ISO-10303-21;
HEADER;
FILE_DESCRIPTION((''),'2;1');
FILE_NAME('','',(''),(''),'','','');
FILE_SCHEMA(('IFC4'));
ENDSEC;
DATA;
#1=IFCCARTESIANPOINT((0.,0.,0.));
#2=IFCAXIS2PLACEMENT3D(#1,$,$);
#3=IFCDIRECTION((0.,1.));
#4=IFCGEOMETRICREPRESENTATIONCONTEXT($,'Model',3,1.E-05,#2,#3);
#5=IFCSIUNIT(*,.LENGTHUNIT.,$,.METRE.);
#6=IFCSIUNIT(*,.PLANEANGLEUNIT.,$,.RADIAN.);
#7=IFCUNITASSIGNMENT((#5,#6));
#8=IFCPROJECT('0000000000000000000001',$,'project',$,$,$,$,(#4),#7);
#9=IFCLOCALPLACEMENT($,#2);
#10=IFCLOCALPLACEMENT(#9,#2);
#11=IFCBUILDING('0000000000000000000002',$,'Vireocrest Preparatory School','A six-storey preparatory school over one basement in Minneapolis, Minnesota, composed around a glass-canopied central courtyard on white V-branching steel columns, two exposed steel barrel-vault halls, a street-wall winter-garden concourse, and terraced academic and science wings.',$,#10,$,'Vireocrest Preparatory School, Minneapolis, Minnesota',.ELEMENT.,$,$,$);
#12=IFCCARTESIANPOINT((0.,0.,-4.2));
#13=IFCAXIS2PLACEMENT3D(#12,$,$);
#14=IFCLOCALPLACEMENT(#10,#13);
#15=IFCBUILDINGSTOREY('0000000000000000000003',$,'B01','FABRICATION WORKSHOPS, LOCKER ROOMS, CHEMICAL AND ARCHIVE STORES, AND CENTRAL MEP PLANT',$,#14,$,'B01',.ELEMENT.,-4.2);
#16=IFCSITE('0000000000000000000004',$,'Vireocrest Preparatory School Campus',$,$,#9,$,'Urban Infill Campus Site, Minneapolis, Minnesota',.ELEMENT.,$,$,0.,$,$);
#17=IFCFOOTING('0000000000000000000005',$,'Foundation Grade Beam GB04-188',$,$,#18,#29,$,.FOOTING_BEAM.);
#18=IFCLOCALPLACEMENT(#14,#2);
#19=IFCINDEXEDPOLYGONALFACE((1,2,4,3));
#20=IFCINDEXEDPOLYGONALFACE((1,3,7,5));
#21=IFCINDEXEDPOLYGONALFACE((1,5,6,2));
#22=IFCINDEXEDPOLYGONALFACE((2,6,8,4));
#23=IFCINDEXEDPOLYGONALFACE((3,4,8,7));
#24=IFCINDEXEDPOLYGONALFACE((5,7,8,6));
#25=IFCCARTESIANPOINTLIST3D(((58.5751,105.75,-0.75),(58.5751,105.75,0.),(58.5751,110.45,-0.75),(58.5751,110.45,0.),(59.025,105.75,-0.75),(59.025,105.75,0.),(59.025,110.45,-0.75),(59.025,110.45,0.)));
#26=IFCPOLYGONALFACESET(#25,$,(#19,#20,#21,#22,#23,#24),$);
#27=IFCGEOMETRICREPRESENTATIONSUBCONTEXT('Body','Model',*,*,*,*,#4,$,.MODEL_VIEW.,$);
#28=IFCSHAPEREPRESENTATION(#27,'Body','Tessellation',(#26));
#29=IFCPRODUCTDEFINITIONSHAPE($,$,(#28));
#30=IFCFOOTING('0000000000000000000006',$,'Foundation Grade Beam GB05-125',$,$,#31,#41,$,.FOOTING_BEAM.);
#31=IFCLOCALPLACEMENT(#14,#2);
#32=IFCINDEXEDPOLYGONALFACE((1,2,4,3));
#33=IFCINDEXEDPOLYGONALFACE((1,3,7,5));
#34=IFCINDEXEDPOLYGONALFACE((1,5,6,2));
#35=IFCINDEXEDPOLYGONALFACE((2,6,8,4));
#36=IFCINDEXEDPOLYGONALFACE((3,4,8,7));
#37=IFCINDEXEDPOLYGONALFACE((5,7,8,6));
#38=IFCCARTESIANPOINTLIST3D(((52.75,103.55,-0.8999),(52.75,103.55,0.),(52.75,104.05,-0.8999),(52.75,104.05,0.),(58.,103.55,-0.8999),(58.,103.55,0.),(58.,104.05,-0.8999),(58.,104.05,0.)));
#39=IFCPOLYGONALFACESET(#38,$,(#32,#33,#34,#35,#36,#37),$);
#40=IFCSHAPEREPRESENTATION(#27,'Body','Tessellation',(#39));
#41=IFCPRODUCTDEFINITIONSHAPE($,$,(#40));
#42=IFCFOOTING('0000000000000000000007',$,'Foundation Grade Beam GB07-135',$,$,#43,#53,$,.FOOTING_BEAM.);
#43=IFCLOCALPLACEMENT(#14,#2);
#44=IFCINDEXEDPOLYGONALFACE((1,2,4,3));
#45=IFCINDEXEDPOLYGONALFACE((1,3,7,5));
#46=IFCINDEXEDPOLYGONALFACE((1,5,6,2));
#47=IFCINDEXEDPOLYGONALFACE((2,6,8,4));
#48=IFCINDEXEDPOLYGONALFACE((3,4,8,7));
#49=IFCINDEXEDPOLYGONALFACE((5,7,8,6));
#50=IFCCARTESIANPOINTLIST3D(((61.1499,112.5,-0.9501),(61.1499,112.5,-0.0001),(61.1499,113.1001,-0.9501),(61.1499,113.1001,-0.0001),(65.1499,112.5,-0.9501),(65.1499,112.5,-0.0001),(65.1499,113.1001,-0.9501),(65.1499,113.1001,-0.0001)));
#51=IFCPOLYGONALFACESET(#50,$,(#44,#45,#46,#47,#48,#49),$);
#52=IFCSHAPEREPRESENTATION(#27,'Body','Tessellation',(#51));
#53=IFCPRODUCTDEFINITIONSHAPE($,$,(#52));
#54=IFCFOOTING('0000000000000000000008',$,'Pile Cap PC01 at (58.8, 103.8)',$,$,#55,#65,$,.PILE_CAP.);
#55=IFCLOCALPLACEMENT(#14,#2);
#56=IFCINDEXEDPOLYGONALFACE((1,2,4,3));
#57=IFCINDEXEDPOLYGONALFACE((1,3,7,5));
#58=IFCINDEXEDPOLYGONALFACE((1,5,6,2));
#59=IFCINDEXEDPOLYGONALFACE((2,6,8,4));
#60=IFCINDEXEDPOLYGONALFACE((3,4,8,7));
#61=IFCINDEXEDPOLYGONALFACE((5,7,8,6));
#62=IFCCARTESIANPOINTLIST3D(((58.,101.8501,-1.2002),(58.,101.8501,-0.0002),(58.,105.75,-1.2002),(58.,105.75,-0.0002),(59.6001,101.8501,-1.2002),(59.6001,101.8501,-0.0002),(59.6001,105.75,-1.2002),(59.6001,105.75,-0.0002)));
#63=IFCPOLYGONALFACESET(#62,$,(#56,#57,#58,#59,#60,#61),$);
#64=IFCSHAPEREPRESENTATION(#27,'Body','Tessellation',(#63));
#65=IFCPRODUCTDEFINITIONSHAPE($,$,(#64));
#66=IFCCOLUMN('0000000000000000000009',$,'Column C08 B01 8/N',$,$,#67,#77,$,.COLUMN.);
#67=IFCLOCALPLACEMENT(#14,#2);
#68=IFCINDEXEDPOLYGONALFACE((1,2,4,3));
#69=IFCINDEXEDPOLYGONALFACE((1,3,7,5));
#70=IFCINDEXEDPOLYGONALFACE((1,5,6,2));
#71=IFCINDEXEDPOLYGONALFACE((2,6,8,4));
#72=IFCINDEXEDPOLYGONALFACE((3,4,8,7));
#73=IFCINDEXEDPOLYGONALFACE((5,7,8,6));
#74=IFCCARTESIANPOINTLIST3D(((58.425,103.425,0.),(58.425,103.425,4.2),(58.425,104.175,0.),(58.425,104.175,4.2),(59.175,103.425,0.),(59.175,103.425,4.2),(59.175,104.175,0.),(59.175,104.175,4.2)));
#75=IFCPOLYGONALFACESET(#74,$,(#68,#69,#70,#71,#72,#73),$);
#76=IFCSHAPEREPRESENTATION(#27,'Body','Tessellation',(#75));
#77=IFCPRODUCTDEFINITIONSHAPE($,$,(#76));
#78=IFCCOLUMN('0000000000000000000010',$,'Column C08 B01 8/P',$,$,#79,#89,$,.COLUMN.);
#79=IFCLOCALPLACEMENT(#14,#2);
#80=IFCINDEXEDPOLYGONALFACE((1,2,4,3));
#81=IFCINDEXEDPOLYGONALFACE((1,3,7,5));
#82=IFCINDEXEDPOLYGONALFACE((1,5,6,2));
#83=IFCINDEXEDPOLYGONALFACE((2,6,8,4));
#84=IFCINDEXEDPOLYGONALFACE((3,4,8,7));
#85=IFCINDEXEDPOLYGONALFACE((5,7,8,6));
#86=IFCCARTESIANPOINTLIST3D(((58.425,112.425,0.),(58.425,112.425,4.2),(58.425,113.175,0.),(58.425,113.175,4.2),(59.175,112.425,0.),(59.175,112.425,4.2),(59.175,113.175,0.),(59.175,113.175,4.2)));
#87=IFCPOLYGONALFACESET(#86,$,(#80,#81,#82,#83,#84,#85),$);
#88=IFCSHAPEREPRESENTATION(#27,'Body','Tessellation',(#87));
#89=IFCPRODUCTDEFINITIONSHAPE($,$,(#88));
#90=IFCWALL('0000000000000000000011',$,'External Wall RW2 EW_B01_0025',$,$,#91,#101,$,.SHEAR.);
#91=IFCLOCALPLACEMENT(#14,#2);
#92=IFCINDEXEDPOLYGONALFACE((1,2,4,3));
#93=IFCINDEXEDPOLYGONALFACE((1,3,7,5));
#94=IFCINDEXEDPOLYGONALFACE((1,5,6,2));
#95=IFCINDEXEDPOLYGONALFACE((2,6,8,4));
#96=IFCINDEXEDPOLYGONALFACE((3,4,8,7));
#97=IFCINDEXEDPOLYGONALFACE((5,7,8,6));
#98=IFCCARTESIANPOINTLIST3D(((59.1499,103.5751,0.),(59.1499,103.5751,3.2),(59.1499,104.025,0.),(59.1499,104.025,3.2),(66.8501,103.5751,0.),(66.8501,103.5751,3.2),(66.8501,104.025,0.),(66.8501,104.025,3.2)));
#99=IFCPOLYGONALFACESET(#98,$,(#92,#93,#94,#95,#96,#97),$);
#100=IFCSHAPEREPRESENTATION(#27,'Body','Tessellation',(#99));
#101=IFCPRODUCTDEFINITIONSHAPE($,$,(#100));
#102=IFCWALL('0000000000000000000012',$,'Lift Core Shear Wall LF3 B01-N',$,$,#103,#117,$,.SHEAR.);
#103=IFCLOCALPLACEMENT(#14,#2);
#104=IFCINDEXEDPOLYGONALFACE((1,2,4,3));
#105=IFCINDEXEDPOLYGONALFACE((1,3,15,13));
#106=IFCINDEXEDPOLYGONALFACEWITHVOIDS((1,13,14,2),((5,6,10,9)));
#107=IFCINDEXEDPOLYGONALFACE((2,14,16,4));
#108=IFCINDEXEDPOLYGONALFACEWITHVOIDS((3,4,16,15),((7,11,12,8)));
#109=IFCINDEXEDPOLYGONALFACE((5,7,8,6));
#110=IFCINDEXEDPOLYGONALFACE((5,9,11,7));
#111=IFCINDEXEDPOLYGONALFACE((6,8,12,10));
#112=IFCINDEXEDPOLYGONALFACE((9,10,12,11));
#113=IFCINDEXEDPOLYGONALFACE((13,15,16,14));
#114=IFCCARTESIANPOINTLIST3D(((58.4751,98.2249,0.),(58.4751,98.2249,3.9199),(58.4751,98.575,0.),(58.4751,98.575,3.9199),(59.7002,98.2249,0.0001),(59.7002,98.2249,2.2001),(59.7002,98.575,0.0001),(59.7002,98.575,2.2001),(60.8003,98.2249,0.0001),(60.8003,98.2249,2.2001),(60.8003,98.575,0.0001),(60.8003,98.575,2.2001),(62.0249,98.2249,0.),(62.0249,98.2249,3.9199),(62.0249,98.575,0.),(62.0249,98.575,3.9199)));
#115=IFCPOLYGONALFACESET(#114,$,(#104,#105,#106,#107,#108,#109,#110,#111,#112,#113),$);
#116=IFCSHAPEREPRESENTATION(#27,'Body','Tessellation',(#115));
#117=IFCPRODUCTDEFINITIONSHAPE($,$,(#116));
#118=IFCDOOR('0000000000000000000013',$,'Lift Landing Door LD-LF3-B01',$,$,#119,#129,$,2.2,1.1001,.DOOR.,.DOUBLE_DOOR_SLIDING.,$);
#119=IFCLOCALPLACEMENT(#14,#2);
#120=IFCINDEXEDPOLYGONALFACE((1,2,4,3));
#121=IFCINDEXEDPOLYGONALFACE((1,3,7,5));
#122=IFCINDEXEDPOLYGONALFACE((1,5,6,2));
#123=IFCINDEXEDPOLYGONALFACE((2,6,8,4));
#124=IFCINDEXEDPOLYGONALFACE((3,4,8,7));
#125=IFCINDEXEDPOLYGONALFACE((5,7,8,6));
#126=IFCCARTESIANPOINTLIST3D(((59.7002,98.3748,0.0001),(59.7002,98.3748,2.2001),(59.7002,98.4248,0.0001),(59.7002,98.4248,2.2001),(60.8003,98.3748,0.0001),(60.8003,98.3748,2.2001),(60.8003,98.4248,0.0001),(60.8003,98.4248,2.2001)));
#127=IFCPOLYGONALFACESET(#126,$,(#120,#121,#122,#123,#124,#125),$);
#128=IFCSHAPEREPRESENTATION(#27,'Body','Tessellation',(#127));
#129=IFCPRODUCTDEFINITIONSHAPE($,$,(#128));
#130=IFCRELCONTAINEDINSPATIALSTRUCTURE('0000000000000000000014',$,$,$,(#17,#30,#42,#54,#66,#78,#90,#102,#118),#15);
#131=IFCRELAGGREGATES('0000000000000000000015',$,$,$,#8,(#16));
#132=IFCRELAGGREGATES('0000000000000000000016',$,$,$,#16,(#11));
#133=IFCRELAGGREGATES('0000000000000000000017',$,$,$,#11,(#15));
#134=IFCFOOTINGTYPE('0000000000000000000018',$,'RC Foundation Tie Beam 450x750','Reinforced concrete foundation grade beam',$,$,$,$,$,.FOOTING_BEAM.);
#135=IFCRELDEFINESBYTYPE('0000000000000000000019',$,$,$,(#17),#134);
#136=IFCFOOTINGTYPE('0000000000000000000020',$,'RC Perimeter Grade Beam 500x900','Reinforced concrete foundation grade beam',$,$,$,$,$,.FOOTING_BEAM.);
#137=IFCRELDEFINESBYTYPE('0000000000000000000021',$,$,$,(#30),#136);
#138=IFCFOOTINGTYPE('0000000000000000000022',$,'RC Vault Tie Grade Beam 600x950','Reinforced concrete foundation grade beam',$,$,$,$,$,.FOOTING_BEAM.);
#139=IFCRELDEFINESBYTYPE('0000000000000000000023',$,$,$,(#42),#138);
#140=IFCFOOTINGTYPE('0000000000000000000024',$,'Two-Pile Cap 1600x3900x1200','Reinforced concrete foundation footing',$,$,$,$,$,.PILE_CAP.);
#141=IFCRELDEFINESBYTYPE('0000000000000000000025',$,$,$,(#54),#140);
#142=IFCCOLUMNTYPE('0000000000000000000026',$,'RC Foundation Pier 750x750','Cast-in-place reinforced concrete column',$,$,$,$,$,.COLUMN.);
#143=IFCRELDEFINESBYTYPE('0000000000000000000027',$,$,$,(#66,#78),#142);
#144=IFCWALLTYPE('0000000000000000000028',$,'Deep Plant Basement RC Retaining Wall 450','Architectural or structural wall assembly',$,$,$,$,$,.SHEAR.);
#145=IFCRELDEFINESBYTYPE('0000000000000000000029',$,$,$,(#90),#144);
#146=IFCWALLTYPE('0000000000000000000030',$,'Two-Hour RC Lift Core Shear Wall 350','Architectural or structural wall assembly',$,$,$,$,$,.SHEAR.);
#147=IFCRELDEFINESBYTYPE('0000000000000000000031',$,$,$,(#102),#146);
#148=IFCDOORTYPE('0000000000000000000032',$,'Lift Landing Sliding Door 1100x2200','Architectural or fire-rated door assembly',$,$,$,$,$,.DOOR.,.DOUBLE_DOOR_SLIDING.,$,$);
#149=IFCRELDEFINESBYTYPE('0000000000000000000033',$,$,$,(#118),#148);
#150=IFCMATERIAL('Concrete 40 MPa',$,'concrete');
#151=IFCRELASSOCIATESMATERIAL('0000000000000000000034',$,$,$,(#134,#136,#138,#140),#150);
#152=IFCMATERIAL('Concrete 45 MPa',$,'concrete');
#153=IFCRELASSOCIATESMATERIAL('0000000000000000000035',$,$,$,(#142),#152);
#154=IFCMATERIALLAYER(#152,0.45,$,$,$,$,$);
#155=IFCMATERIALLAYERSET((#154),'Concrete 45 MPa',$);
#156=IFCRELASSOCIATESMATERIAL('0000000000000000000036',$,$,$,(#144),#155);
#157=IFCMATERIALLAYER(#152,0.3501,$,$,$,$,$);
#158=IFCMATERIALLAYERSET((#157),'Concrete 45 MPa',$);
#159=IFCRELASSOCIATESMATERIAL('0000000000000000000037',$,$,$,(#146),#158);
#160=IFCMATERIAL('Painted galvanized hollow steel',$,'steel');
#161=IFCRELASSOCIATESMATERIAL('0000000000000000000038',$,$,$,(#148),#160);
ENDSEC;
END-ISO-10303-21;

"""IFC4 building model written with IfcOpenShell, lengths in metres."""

from ifc_helpers import new_model, si_unit, direction, frame, frame_2d, origin, origin_2d, place, context, subcontext, project, spatial, rectangle, extrude, material, layer, layer_set, material_profile, profile_set, type_object, element, fill, save


model = new_model("IFC4")

# Units and contexts
model_context = context("Model", 3, precision=1e-05, world=origin(), true_north=direction((0.0, 1.0)))
body_context = subcontext(model_context, "Body", "Model", "MODEL_VIEW")
ifc_project = project(units=[si_unit("LENGTHUNIT", "METRE"), si_unit("PLANEANGLEUNIT", "RADIAN")], contexts=[model_context])

# Site, building, storey
site_placement = place(None, origin())
site = spatial("IfcSite", under=ifc_project, at=site_placement, Name="Vireocrest Preparatory School Campus", LongName="Urban Infill Campus Site, Minneapolis, Minnesota", CompositionType="ELEMENT", RefElevation=0.0)
building_placement = place(site_placement, origin())
building = spatial("IfcBuilding", under=site, at=building_placement, Name="Vireocrest Preparatory School", Description="A six-storey preparatory school over one basement in Minneapolis, Minnesota, composed around a glass-canopied central courtyard on white V-branching steel columns, two exposed steel barrel-vault halls, a street-wall winter-garden concourse, and terraced academic and science wings.", LongName="Vireocrest Preparatory School, Minneapolis, Minnesota", CompositionType="ELEMENT")
storey_placement = place(building_placement, frame((0.0, 0.0, -4.2)))
storey = spatial("IfcBuildingStorey", under=building, at=storey_placement, Name="B01", Description="FABRICATION WORKSHOPS, LOCKER ROOMS, CHEMICAL AND ARCHIVE STORES, AND CENTRAL MEP PLANT", LongName="B01", CompositionType="ELEMENT", Elevation=-4.2)

# Shared definitions
ifc_material_1 = material(Name="Concrete 40 MPa", Category="concrete")

# Footings
ifc_material_profile_1 = material_profile(ifc_material_1, rectangle(XDim=0.45, YDim=0.75, at=origin_2d()), Name="GB 450x750")
ifc_profile_set_1 = profile_set([ifc_material_profile_1], Name="Concrete 40 MPa")
footing_type_1 = type_object("IfcFootingType", Name="RC Foundation Tie Beam 450x750", Description="Reinforced concrete foundation grade beam", PredefinedType="FOOTING_BEAM", material=ifc_profile_set_1)
footing_1_placement = place(storey_placement, frame((58.8, 105.75, -0.375), z_axis=(0.0, 1.0, 0.0), x_axis=(-1.0, 0.0, 0.0)))
element("IfcFooting", 1, at=footing_1_placement, inside=storey, type_object=footing_type_1, Name="Foundation Grade Beam GB04-188", PredefinedType="FOOTING_BEAM", context=body_context, shape_type="SweptSolid", body=[
    extrude(rectangle(XDim=0.45, YDim=0.75, at=origin_2d()), origin(), (0.0, 0.0, 1.0), 4.7),
])
ifc_material_profile_2 = material_profile(ifc_material_1, rectangle(XDim=0.5, YDim=0.8999, at=origin_2d()), Name="GB 500x900")
ifc_profile_set_2 = profile_set([ifc_material_profile_2], Name="Concrete 40 MPa")
footing_type_2 = type_object("IfcFootingType", Name="RC Perimeter Grade Beam 500x900", Description="Reinforced concrete foundation grade beam", PredefinedType="FOOTING_BEAM", material=ifc_profile_set_2)
footing_2_placement = place(storey_placement, frame((52.75, 103.8, -0.45), z_axis=(1.0, 0.0, 0.0), x_axis=(0.0, 1.0, 0.0)))
element("IfcFooting", 2, at=footing_2_placement, inside=storey, type_object=footing_type_2, Name="Foundation Grade Beam GB05-125", PredefinedType="FOOTING_BEAM", context=body_context, shape_type="SweptSolid", body=[
    extrude(rectangle(XDim=0.5, YDim=0.8999, at=origin_2d()), origin(), (0.0, 0.0, 1.0), 5.25),
])
ifc_material_profile_3 = material_profile(ifc_material_1, rectangle(XDim=0.6001, YDim=0.95, at=origin_2d()), Name="GB 600x950")
ifc_profile_set_3 = profile_set([ifc_material_profile_3], Name="Concrete 40 MPa")
footing_type_3 = type_object("IfcFootingType", Name="RC Vault Tie Grade Beam 600x950", Description="Reinforced concrete foundation grade beam", PredefinedType="FOOTING_BEAM", material=ifc_profile_set_3)
footing_3_placement = place(storey_placement, frame((61.1499, 112.8, -0.4751), z_axis=(1.0, 0.0, 0.0), x_axis=(0.0, 1.0, 0.0)))
element("IfcFooting", 3, at=footing_3_placement, inside=storey, type_object=footing_type_3, Name="Foundation Grade Beam GB07-135", PredefinedType="FOOTING_BEAM", context=body_context, shape_type="SweptSolid", body=[
    extrude(rectangle(XDim=0.6001, YDim=0.95, at=origin_2d()), origin(), (0.0, 0.0, 1.0), 4.0),
])
footing_type_4 = type_object("IfcFootingType", Name="Two-Pile Cap 1600x3900x1200", Description="Reinforced concrete foundation footing", PredefinedType="PILE_CAP", material=ifc_material_1)
footing_4_placement = place(storey_placement, frame((58.8, 103.8, -1.2002), z_axis=(0.0, 0.0, 1.0), x_axis=(1.0, 0.0, 0.0)))
element("IfcFooting", 4, at=footing_4_placement, inside=storey, type_object=footing_type_4, Name="Pile Cap PC01 at (58.8, 103.8)", PredefinedType="PILE_CAP", context=body_context, shape_type="SweptSolid", body=[
    extrude(rectangle(XDim=1.6001, YDim=3.8999, at=origin_2d()), origin(), (0.0, 0.0, 1.0), 1.2),
])

# Columns
ifc_material_2 = material(Name="Concrete 45 MPa", Category="concrete")
ifc_material_profile_4 = material_profile(ifc_material_2, rectangle(XDim=0.75, YDim=0.75, at=origin_2d()), Name="RC 750x750")
ifc_profile_set_4 = profile_set([ifc_material_profile_4], Name="Concrete 45 MPa")
column_type = type_object("IfcColumnType", Name="RC Foundation Pier 750x750", Description="Cast-in-place reinforced concrete column", PredefinedType="COLUMN", material=ifc_profile_set_4)
for number, where, z_axis, x_axis, name in (
    (5, (58.8, 103.8, 0.0), (0.0, 0.0, 1.0), (1.0, 0.0, 0.0), "Column C08 B01 8/N"),
    (6, (58.8, 112.8, 0.0), (0.0, 0.0, 1.0), (1.0, 0.0, 0.0), "Column C08 B01 8/P"),
):
    element("IfcColumn", number, at=place(storey_placement, frame(where, z_axis=z_axis, x_axis=x_axis)), inside=storey, type_object=column_type, Name=name, PredefinedType="COLUMN", context=body_context, shape_type="SweptSolid", body=[
        extrude(rectangle(XDim=0.75, YDim=0.75, at=origin_2d()), origin(), (0.0, 0.0, 1.0), 4.2),
    ])

# Wall
ifc_layer_1 = layer(ifc_material_2, 0.45)
ifc_layer_set_1 = layer_set([ifc_layer_1], Name="Concrete 45 MPa")
wall_type_1 = type_object("IfcWallType", Name="Deep Plant Basement RC Retaining Wall 450", Description="Architectural or structural wall assembly", PredefinedType="SHEAR", material=ifc_layer_set_1)
wall_1_placement = place(storey_placement, frame((59.1499, 103.8, 0.0), z_axis=(0.0, 0.0, 1.0), x_axis=(1.0, 0.0, 0.0)))
element("IfcWall", 7, at=wall_1_placement, inside=storey, type_object=wall_type_1, Name="External Wall RW2 EW_B01_0025", PredefinedType="SHEAR", context=body_context, shape_type="SweptSolid", body=[
    extrude(rectangle(XDim=7.7002, YDim=0.45, at=frame_2d((3.8501, 0.0))), origin(), (0.0, 0.0, 1.0), 3.2),
])

# Wall, opening, door
ifc_layer_2 = layer(ifc_material_2, 0.3501)
ifc_layer_set_2 = layer_set([ifc_layer_2], Name="Concrete 45 MPa")
wall_type_2 = type_object("IfcWallType", Name="Two-Hour RC Lift Core Shear Wall 350", Description="Architectural or structural wall assembly", PredefinedType="SHEAR", material=ifc_layer_set_2)
wall_2_placement = place(storey_placement, frame((58.4751, 98.3999, 0.0), z_axis=(0.0, 0.0, 1.0), x_axis=(1.0, 0.0, 0.0)))
wall_2 = element("IfcWall", 8, at=wall_2_placement, inside=storey, type_object=wall_type_2, Name="Lift Core Shear Wall LF3 B01-N", PredefinedType="SHEAR", context=body_context, shape_type="SweptSolid", body=[
    extrude(rectangle(XDim=3.5498, YDim=0.3501, at=frame_2d((1.7749, 0.0))), origin(), (0.0, 0.0, 1.0), 3.9199),
])
opening_placement = place(wall_2_placement, frame((1.2251, 0.0, 0.0)))
opening = element("IfcOpeningElement", 9, at=opening_placement, cuts=wall_2, PredefinedType="OPENING", context=body_context, shape_type="SweptSolid", body=[
    extrude(rectangle(XDim=1.1001, YDim=2.2, at=frame_2d((0.55, 1.1001))), frame((0.0, 0.1851, 0.0), z_axis=(0.0, -1.0, 0.0), x_axis=(1.0, 0.0, 0.0)), (0.0, 0.0, 1.0), 0.3701),
])
ifc_material_3 = material(Name="Painted galvanized hollow steel", Category="steel")
door_type = type_object("IfcDoorType", Name="Lift Landing Sliding Door 1100x2200", Description="Architectural or fire-rated door assembly", OperationType="DOUBLE_DOOR_SLIDING", PredefinedType="DOOR", material=ifc_material_3)
door_placement = place(opening_placement, origin())
door = element("IfcDoor", 10, at=door_placement, inside=storey, type_object=door_type, Name="Lift Landing Door LD-LF3-B01", OperationType="DOUBLE_DOOR_SLIDING", OverallHeight=2.2, OverallWidth=1.1001, PredefinedType="DOOR", context=body_context, shape_type="SweptSolid", body=[
    extrude(rectangle(XDim=1.1001, YDim=2.2, at=frame_2d((0.55, 1.1001))), frame((0.0, 0.0249, 0.0), z_axis=(0.0, -1.0, 0.0), x_axis=(1.0, 0.0, 0.0)), (0.0, 0.0, 1.0), 0.05),
])
fill(opening, door)

save(model, "model.ifc")
